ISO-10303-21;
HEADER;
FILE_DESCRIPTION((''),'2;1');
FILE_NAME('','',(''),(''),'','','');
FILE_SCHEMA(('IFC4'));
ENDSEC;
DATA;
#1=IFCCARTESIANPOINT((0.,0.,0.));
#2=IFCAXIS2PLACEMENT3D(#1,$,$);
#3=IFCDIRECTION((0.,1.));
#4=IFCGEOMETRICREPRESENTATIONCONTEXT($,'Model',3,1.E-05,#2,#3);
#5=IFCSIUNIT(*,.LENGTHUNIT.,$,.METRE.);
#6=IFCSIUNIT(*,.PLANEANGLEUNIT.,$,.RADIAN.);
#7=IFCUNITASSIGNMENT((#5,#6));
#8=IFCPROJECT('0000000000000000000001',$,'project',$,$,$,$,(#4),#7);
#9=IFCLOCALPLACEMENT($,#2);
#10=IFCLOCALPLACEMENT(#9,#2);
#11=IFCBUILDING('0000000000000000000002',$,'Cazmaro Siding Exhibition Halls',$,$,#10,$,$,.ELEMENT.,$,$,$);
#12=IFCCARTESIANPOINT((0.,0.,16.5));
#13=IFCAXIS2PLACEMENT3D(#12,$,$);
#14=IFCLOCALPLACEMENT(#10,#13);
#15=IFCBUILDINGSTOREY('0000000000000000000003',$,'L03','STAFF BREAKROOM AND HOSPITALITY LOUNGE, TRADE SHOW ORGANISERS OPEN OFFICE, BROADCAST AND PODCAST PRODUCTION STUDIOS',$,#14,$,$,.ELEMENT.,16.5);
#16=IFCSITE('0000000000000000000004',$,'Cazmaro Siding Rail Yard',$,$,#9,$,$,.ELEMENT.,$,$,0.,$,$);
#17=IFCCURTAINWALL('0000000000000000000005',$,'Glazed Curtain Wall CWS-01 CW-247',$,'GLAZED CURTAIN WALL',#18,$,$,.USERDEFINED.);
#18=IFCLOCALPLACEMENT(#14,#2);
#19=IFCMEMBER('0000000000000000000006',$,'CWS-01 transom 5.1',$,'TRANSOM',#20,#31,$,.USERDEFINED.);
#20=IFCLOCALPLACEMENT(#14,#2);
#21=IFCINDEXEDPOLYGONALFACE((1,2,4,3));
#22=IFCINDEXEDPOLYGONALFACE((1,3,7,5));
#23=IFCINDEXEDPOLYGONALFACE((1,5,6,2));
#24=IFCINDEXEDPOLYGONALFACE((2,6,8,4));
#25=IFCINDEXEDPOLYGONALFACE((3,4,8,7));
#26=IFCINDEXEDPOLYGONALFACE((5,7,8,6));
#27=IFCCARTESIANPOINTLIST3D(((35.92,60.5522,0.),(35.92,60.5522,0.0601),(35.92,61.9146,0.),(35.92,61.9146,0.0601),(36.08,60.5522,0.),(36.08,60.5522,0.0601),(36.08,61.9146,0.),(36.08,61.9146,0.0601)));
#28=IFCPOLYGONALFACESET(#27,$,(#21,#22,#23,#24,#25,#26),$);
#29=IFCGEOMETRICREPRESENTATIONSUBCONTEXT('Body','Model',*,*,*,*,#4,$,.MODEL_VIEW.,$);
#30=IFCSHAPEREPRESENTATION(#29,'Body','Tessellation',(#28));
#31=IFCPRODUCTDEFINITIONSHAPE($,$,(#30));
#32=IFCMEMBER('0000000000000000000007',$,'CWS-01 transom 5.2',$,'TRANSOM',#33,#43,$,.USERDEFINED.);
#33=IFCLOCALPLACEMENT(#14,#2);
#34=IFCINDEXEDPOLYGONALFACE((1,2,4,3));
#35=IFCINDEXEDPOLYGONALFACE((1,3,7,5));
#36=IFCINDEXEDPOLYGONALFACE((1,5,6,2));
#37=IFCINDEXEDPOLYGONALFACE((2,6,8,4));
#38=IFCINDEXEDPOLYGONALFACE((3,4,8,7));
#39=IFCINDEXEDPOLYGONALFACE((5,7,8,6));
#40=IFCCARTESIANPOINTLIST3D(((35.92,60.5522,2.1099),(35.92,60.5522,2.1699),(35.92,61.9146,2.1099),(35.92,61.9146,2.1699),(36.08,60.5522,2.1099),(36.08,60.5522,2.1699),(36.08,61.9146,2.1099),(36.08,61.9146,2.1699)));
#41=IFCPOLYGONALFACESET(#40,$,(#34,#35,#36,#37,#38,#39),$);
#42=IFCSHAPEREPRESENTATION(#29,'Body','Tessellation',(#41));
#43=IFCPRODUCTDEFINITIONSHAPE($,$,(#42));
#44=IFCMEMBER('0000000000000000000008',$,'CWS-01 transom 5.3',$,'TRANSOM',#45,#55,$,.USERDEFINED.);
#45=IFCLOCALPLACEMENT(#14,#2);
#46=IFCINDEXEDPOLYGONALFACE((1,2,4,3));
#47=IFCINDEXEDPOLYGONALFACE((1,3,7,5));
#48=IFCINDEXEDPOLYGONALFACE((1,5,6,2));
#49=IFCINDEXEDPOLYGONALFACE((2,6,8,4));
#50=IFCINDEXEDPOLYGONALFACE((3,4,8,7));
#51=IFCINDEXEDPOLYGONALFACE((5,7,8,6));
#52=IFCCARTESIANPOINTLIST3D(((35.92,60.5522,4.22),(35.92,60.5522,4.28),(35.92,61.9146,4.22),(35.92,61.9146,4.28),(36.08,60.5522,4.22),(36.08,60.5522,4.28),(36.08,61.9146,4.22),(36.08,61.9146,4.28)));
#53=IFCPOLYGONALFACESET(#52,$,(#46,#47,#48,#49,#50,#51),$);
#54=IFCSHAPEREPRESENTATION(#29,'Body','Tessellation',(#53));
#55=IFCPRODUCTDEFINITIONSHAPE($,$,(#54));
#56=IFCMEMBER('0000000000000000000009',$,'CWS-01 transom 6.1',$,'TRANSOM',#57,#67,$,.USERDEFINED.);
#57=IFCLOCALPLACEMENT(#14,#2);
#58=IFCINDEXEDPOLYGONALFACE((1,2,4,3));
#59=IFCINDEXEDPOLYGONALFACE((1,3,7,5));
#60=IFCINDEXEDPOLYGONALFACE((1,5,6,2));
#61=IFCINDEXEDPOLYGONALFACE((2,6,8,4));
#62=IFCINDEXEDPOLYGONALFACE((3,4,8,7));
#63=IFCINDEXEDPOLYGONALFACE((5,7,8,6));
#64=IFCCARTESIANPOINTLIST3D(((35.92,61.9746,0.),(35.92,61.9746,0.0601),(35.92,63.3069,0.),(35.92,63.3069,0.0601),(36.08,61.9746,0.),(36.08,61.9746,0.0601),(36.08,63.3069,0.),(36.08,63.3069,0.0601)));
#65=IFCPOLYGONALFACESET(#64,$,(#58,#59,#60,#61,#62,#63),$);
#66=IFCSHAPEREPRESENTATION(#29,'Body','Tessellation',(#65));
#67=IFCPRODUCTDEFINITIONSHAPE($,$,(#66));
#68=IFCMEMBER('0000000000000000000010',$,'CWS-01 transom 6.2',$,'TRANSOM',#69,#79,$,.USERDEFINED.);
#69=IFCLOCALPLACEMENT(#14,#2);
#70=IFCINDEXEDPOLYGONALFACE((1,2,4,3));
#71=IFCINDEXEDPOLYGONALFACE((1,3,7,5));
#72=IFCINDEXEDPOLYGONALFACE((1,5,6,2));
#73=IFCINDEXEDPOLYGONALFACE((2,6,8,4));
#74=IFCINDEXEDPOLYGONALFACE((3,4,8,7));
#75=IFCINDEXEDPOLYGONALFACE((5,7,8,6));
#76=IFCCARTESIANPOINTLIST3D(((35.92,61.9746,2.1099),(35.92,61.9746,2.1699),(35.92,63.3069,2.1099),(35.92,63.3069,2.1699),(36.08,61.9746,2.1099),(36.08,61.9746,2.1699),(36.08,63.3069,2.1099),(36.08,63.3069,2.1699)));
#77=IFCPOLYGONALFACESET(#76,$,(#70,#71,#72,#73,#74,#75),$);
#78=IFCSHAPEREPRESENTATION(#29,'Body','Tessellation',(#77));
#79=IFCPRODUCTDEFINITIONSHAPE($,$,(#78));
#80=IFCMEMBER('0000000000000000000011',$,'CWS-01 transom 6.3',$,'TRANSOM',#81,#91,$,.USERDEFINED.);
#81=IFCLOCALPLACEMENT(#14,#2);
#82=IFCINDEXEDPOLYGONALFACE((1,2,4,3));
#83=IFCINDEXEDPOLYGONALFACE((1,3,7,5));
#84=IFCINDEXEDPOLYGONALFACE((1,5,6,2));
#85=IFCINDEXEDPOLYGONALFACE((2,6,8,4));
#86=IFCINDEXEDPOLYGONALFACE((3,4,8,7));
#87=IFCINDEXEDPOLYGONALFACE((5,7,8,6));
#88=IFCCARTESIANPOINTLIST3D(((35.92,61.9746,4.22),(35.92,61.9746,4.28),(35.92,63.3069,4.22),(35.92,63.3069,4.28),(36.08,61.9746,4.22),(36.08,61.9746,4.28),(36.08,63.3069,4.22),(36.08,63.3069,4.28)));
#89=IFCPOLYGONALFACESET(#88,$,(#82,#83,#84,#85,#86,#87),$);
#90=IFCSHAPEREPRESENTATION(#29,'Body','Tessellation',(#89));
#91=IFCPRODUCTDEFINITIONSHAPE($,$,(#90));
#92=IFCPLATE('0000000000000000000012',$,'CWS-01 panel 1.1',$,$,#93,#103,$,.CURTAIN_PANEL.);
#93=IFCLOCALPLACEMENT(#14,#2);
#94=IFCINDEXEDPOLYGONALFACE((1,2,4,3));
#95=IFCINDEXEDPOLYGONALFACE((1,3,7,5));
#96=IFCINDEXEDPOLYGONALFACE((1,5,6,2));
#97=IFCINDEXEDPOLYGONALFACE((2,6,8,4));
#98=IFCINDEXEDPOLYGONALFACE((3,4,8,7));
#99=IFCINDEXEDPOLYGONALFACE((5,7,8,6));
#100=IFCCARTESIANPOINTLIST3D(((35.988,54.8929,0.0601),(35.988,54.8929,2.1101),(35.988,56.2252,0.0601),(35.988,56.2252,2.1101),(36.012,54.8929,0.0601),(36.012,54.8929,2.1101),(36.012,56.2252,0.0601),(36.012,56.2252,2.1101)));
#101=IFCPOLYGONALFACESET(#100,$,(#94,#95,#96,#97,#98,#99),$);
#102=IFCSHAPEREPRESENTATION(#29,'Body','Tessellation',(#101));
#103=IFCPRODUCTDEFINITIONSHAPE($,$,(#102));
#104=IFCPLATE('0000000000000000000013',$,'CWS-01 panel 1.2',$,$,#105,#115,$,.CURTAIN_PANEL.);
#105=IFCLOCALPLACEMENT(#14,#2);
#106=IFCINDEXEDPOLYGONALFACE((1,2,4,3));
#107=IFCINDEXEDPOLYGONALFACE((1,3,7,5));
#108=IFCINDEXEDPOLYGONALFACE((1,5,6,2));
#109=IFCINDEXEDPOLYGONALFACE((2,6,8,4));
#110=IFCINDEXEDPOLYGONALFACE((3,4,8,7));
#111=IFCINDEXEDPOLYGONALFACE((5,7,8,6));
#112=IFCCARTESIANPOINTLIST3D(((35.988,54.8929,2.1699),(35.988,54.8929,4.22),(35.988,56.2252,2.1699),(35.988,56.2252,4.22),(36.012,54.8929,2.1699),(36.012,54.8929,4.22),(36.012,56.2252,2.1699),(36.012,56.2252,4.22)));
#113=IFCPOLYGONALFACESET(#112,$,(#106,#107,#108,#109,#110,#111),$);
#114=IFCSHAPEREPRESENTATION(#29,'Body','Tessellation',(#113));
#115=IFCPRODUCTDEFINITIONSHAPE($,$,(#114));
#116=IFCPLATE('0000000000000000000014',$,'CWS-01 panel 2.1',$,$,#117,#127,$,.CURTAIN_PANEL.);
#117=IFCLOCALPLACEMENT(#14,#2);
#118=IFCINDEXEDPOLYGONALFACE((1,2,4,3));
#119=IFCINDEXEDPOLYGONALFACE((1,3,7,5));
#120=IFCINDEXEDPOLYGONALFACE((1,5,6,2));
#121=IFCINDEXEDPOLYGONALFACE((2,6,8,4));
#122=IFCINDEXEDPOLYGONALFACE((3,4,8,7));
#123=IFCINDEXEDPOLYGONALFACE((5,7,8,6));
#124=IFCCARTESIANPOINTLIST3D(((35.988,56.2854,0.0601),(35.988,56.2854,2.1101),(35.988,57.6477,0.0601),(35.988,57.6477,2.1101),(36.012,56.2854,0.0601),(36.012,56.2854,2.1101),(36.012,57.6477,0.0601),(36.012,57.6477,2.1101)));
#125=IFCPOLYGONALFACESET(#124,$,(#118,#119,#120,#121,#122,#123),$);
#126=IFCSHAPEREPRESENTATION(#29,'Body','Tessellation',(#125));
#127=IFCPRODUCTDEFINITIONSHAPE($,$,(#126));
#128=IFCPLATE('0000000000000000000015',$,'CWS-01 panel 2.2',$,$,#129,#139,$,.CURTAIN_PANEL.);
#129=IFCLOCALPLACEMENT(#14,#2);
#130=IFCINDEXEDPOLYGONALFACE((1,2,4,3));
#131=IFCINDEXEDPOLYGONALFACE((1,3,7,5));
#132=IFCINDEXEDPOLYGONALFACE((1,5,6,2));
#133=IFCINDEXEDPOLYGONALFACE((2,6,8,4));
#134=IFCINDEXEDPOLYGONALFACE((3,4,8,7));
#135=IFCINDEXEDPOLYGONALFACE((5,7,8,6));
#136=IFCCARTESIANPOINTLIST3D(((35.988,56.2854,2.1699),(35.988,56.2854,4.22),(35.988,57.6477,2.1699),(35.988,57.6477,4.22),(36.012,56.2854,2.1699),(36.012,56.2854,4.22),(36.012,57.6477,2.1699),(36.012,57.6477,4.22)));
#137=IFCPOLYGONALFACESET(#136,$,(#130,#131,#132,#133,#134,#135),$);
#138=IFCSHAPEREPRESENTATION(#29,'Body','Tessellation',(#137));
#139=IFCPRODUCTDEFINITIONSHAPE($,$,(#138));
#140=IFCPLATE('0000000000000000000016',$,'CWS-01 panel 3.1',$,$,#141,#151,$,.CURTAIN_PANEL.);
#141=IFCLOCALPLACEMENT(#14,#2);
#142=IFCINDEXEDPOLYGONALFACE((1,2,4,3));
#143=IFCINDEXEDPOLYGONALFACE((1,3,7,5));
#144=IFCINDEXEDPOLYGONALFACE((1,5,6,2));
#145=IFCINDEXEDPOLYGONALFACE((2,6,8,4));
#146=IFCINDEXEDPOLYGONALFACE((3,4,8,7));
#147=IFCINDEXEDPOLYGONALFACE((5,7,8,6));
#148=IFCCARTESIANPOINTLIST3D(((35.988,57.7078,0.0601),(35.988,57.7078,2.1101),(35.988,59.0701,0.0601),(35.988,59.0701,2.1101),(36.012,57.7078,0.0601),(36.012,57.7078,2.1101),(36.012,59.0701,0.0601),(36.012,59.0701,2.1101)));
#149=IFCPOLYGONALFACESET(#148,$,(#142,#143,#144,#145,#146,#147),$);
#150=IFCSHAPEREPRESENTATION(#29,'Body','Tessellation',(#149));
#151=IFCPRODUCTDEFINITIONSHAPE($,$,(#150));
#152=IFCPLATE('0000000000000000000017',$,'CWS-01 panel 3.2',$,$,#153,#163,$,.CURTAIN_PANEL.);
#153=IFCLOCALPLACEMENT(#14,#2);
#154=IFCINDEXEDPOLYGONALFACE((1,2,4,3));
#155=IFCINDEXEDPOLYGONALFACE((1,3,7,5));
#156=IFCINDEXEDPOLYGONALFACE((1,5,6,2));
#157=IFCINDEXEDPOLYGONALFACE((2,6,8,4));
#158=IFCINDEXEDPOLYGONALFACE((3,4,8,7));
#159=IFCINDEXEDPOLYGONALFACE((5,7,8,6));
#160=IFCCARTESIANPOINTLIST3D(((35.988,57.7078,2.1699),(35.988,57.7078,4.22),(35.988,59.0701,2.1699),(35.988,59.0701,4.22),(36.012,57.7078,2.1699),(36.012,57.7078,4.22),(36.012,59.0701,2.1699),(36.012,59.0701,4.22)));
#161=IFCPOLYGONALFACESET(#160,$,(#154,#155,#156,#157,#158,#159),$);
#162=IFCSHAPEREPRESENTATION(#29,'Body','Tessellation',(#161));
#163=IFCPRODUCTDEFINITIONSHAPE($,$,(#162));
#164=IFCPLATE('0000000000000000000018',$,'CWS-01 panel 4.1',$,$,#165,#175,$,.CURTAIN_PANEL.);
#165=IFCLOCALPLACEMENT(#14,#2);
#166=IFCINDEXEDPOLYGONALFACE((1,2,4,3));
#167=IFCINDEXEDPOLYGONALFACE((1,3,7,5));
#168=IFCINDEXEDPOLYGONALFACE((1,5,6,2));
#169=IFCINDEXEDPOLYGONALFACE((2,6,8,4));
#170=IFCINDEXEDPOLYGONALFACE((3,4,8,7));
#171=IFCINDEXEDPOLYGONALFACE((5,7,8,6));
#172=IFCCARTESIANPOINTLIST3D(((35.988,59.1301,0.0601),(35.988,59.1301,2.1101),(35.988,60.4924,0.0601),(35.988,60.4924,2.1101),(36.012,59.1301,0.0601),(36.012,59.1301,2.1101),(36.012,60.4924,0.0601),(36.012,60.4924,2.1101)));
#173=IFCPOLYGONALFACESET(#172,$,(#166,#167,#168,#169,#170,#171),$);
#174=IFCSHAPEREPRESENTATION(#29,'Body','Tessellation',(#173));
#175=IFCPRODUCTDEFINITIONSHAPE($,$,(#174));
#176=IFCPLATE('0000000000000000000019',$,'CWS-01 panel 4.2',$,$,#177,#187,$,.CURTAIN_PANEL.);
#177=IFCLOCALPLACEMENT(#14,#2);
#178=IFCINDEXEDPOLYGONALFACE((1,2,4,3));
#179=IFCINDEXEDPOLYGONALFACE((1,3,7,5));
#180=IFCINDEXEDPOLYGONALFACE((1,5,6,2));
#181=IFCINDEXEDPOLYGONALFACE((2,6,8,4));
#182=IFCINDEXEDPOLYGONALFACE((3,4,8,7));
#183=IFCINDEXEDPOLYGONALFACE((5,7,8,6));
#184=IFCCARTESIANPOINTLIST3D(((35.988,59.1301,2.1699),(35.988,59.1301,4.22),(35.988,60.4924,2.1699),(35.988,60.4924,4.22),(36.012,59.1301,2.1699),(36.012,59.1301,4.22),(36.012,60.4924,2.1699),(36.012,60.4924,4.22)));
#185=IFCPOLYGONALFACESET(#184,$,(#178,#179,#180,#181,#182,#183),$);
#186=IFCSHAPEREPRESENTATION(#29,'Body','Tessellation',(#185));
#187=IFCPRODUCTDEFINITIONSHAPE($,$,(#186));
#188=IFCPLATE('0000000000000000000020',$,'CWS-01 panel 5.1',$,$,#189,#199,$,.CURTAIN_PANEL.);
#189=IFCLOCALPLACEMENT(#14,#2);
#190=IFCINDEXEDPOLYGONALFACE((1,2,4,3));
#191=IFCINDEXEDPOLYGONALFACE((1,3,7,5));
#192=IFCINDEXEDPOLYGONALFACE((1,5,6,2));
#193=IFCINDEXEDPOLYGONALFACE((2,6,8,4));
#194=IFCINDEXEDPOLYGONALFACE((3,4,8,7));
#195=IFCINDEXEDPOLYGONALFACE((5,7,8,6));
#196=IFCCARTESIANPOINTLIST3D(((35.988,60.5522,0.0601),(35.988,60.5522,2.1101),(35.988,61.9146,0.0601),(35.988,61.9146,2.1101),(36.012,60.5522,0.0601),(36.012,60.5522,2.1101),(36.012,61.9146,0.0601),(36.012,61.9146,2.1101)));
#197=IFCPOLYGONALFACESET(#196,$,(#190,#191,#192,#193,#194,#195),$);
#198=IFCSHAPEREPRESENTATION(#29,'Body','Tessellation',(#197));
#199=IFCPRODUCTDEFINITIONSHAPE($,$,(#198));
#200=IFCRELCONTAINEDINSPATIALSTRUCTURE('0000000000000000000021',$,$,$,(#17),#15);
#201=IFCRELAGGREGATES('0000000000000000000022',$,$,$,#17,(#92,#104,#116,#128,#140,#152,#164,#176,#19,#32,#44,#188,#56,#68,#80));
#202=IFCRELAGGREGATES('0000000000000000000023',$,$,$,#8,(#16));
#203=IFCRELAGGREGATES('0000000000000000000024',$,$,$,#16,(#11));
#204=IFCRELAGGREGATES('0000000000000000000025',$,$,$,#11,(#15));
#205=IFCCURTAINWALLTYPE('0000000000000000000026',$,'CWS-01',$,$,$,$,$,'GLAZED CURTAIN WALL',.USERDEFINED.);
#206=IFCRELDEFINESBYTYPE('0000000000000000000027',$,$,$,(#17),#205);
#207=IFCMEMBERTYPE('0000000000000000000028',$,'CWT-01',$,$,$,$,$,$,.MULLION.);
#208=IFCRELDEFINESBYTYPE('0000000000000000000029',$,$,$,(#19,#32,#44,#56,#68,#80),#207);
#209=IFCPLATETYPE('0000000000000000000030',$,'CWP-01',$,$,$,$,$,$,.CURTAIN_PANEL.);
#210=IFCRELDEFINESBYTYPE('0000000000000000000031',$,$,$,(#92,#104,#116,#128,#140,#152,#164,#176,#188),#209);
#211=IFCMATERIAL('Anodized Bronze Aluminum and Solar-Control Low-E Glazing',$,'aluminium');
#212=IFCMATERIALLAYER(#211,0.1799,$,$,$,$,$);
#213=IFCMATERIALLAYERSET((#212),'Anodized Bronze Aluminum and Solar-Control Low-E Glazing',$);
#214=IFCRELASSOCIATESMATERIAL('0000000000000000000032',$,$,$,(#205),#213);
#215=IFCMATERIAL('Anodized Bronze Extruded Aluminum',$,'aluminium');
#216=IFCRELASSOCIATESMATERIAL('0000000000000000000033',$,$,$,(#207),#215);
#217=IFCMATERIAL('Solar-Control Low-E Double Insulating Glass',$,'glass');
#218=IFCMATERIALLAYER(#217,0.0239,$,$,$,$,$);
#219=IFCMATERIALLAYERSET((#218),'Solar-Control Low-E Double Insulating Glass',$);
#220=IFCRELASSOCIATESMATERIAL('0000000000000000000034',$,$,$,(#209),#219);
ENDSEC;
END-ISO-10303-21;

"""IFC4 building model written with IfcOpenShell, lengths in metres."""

from ifc_helpers import new_model, si_unit, direction, frame, origin, origin_2d, place, context, subcontext, project, spatial, rectangle, extrude, material, layer, layer_set, material_profile, profile_set, type_object, element, aggregate, save


model = new_model("IFC4")

# Units and contexts
model_context = context("Model", 3, precision=1e-05, world=origin(), true_north=direction((0.0, 1.0)))
body_context = subcontext(model_context, "Body", "Model", "MODEL_VIEW")
ifc_project = project(units=[si_unit("LENGTHUNIT", "METRE"), si_unit("PLANEANGLEUNIT", "RADIAN")], contexts=[model_context])

# Site, building, storey
site_placement = place(None, origin())
site = spatial("IfcSite", under=ifc_project, at=site_placement, Name="Cazmaro Siding Rail Yard", CompositionType="ELEMENT", RefElevation=0.0)
building_placement = place(site_placement, origin())
building = spatial("IfcBuilding", under=site, at=building_placement, Name="Cazmaro Siding Exhibition Halls", CompositionType="ELEMENT")
storey_placement = place(building_placement, frame((0.0, 0.0, 16.5)))
storey = spatial("IfcBuildingStorey", under=building, at=storey_placement, Name="L03", Description="STAFF BREAKROOM AND HOSPITALITY LOUNGE, TRADE SHOW ORGANISERS OPEN OFFICE, BROADCAST AND PODCAST PRODUCTION STUDIOS", CompositionType="ELEMENT", Elevation=16.5)

# Curtain wall, members, plates
ifc_material_1 = material(Name="Anodized Bronze Aluminum and Solar-Control Low-E Glazing", Category="aluminium")
ifc_layer_1 = layer(ifc_material_1, 0.1799)
ifc_layer_set_1 = layer_set([ifc_layer_1], Name="Anodized Bronze Aluminum and Solar-Control Low-E Glazing")
curtain_wall_type = type_object("IfcCurtainWallType", Name="CWS-01", ElementType="GLAZED CURTAIN WALL", PredefinedType="USERDEFINED", material=ifc_layer_set_1)
curtain_wall_placement = place(storey_placement, origin())
curtain_wall = element("IfcCurtainWall", 1, at=curtain_wall_placement, inside=storey, type_object=curtain_wall_type, Name="Glazed Curtain Wall CWS-01 CW-247", ObjectType="GLAZED CURTAIN WALL", PredefinedType="USERDEFINED")
ifc_material_2 = material(Name="Anodized Bronze Extruded Aluminum", Category="aluminium")
ifc_material_profile_1 = material_profile(ifc_material_2, rectangle(XDim=0.1599, YDim=0.0601, at=origin_2d()), Name="CWT-01")
ifc_profile_set_1 = profile_set([ifc_material_profile_1], Name="Anodized Bronze Extruded Aluminum")
member_type_1 = type_object("IfcMemberType", Name="CWT-01", PredefinedType="MULLION", material=ifc_profile_set_1)
member_1_placement = place(storey_placement, frame((36.0, 60.5522, 0.03), z_axis=(0.0, 1.0, 0.0), x_axis=(-1.0, 0.0, 0.0)))
member_1 = element("IfcMember", 2, at=member_1_placement, type_object=member_type_1, Name="CWS-01 transom 5.1", ObjectType="TRANSOM", PredefinedType="USERDEFINED", context=body_context, shape_type="SweptSolid", body=[
    extrude(rectangle(XDim=0.1599, YDim=0.0601, at=origin_2d()), origin(), (0.0, 0.0, 1.0), 1.3623),
])
member_2_placement = place(storey_placement, frame((36.0, 60.5522, 2.1399), z_axis=(0.0, 1.0, 0.0), x_axis=(-1.0, 0.0, 0.0)))
member_2 = element("IfcMember", 3, at=member_2_placement, type_object=member_type_1, Name="CWS-01 transom 5.2", ObjectType="TRANSOM", PredefinedType="USERDEFINED", context=body_context, shape_type="SweptSolid", body=[
    extrude(rectangle(XDim=0.1599, YDim=0.0601, at=origin_2d()), origin(), (0.0, 0.0, 1.0), 1.3623),
])
member_3_placement = place(storey_placement, frame((36.0, 60.5522, 4.25), z_axis=(0.0, 1.0, 0.0), x_axis=(-1.0, 0.0, 0.0)))
member_3 = element("IfcMember", 4, at=member_3_placement, type_object=member_type_1, Name="CWS-01 transom 5.3", ObjectType="TRANSOM", PredefinedType="USERDEFINED", context=body_context, shape_type="SweptSolid", body=[
    extrude(rectangle(XDim=0.1599, YDim=0.0601, at=origin_2d()), origin(), (0.0, 0.0, 1.0), 1.3623),
])
member_4_placement = place(storey_placement, frame((36.0, 61.9746, 0.03), z_axis=(0.0, 1.0, 0.0), x_axis=(-1.0, 0.0, 0.0)))
member_4 = element("IfcMember", 5, at=member_4_placement, type_object=member_type_1, Name="CWS-01 transom 6.1", ObjectType="TRANSOM", PredefinedType="USERDEFINED", context=body_context, shape_type="SweptSolid", body=[
    extrude(rectangle(XDim=0.1599, YDim=0.0601, at=origin_2d()), origin(), (0.0, 0.0, 1.0), 1.3323),
])
member_5_placement = place(storey_placement, frame((36.0, 61.9746, 2.1399), z_axis=(0.0, 1.0, 0.0), x_axis=(-1.0, 0.0, 0.0)))
member_5 = element("IfcMember", 6, at=member_5_placement, type_object=member_type_1, Name="CWS-01 transom 6.2", ObjectType="TRANSOM", PredefinedType="USERDEFINED", context=body_context, shape_type="SweptSolid", body=[
    extrude(rectangle(XDim=0.1599, YDim=0.0601, at=origin_2d()), origin(), (0.0, 0.0, 1.0), 1.3323),
])
member_6_placement = place(storey_placement, frame((36.0, 61.9746, 4.25), z_axis=(0.0, 1.0, 0.0), x_axis=(-1.0, 0.0, 0.0)))
member_6 = element("IfcMember", 7, at=member_6_placement, type_object=member_type_1, Name="CWS-01 transom 6.3", ObjectType="TRANSOM", PredefinedType="USERDEFINED", context=body_context, shape_type="SweptSolid", body=[
    extrude(rectangle(XDim=0.1599, YDim=0.0601, at=origin_2d()), origin(), (0.0, 0.0, 1.0), 1.3323),
])
ifc_material_3 = material(Name="Solar-Control Low-E Double Insulating Glass", Category="glass")
ifc_layer_2 = layer(ifc_material_3, 0.0239)
ifc_layer_set_2 = layer_set([ifc_layer_2], Name="Solar-Control Low-E Double Insulating Glass")
plate_type = type_object("IfcPlateType", Name="CWP-01", PredefinedType="CURTAIN_PANEL", material=ifc_layer_set_2)
plate_1_placement = place(storey_placement, frame((36.0, 55.5591, 0.0601), z_axis=(0.0, 0.0, 1.0), x_axis=(0.0, 1.0, 0.0)))
plate_1 = element("IfcPlate", 8, at=plate_1_placement, type_object=plate_type, Name="CWS-01 panel 1.1", PredefinedType="CURTAIN_PANEL", context=body_context, shape_type="SweptSolid", body=[
    extrude(rectangle(XDim=1.3323, YDim=0.0239, at=origin_2d()), origin(), (0.0, 0.0, 1.0), 2.05),
])
plate_2_placement = place(storey_placement, frame((36.0, 55.5591, 2.1699), z_axis=(0.0, 0.0, 1.0), x_axis=(0.0, 1.0, 0.0)))
plate_2 = element("IfcPlate", 9, at=plate_2_placement, type_object=plate_type, Name="CWS-01 panel 1.2", PredefinedType="CURTAIN_PANEL", context=body_context, shape_type="SweptSolid", body=[
    extrude(rectangle(XDim=1.3323, YDim=0.0239, at=origin_2d()), origin(), (0.0, 0.0, 1.0), 2.05),
])
plate_3_placement = place(storey_placement, frame((36.0, 56.9666, 0.0601), z_axis=(0.0, 0.0, 1.0), x_axis=(0.0, 1.0, 0.0)))
plate_3 = element("IfcPlate", 10, at=plate_3_placement, type_object=plate_type, Name="CWS-01 panel 2.1", PredefinedType="CURTAIN_PANEL", context=body_context, shape_type="SweptSolid", body=[
    extrude(rectangle(XDim=1.3623, YDim=0.0239, at=origin_2d()), origin(), (0.0, 0.0, 1.0), 2.05),
])
plate_4_placement = place(storey_placement, frame((36.0, 56.9666, 2.1699), z_axis=(0.0, 0.0, 1.0), x_axis=(0.0, 1.0, 0.0)))
plate_4 = element("IfcPlate", 11, at=plate_4_placement, type_object=plate_type, Name="CWS-01 panel 2.2", PredefinedType="CURTAIN_PANEL", context=body_context, shape_type="SweptSolid", body=[
    extrude(rectangle(XDim=1.3623, YDim=0.0239, at=origin_2d()), origin(), (0.0, 0.0, 1.0), 2.05),
])
plate_5_placement = place(storey_placement, frame((36.0, 58.3889, 0.0601), z_axis=(0.0, 0.0, 1.0), x_axis=(0.0, 1.0, 0.0)))
plate_5 = element("IfcPlate", 12, at=plate_5_placement, type_object=plate_type, Name="CWS-01 panel 3.1", PredefinedType="CURTAIN_PANEL", context=body_context, shape_type="SweptSolid", body=[
    extrude(rectangle(XDim=1.3623, YDim=0.0239, at=origin_2d()), origin(), (0.0, 0.0, 1.0), 2.05),
])
plate_6_placement = place(storey_placement, frame((36.0, 58.3889, 2.1699), z_axis=(0.0, 0.0, 1.0), x_axis=(0.0, 1.0, 0.0)))
plate_6 = element("IfcPlate", 13, at=plate_6_placement, type_object=plate_type, Name="CWS-01 panel 3.2", PredefinedType="CURTAIN_PANEL", context=body_context, shape_type="SweptSolid", body=[
    extrude(rectangle(XDim=1.3623, YDim=0.0239, at=origin_2d()), origin(), (0.0, 0.0, 1.0), 2.05),
])
plate_7_placement = place(storey_placement, frame((36.0, 59.8113, 0.0601), z_axis=(0.0, 0.0, 1.0), x_axis=(0.0, 1.0, 0.0)))
plate_7 = element("IfcPlate", 14, at=plate_7_placement, type_object=plate_type, Name="CWS-01 panel 4.1", PredefinedType="CURTAIN_PANEL", context=body_context, shape_type="SweptSolid", body=[
    extrude(rectangle(XDim=1.3623, YDim=0.0239, at=origin_2d()), origin(), (0.0, 0.0, 1.0), 2.05),
])
plate_8_placement = place(storey_placement, frame((36.0, 59.8113, 2.1699), z_axis=(0.0, 0.0, 1.0), x_axis=(0.0, 1.0, 0.0)))
plate_8 = element("IfcPlate", 15, at=plate_8_placement, type_object=plate_type, Name="CWS-01 panel 4.2", PredefinedType="CURTAIN_PANEL", context=body_context, shape_type="SweptSolid", body=[
    extrude(rectangle(XDim=1.3623, YDim=0.0239, at=origin_2d()), origin(), (0.0, 0.0, 1.0), 2.05),
])
plate_9_placement = place(storey_placement, frame((36.0, 61.2334, 0.0601), z_axis=(0.0, 0.0, 1.0), x_axis=(0.0, 1.0, 0.0)))
plate_9 = element("IfcPlate", 16, at=plate_9_placement, type_object=plate_type, Name="CWS-01 panel 5.1", PredefinedType="CURTAIN_PANEL", context=body_context, shape_type="SweptSolid", body=[
    extrude(rectangle(XDim=1.3623, YDim=0.0239, at=origin_2d()), origin(), (0.0, 0.0, 1.0), 2.05),
])
aggregate(curtain_wall, [plate_1, plate_2, plate_3, plate_4, plate_5, plate_6, plate_7, plate_8, member_1, member_2, member_3, plate_9, member_4, member_5, member_6])

save(model, "model.ifc")
